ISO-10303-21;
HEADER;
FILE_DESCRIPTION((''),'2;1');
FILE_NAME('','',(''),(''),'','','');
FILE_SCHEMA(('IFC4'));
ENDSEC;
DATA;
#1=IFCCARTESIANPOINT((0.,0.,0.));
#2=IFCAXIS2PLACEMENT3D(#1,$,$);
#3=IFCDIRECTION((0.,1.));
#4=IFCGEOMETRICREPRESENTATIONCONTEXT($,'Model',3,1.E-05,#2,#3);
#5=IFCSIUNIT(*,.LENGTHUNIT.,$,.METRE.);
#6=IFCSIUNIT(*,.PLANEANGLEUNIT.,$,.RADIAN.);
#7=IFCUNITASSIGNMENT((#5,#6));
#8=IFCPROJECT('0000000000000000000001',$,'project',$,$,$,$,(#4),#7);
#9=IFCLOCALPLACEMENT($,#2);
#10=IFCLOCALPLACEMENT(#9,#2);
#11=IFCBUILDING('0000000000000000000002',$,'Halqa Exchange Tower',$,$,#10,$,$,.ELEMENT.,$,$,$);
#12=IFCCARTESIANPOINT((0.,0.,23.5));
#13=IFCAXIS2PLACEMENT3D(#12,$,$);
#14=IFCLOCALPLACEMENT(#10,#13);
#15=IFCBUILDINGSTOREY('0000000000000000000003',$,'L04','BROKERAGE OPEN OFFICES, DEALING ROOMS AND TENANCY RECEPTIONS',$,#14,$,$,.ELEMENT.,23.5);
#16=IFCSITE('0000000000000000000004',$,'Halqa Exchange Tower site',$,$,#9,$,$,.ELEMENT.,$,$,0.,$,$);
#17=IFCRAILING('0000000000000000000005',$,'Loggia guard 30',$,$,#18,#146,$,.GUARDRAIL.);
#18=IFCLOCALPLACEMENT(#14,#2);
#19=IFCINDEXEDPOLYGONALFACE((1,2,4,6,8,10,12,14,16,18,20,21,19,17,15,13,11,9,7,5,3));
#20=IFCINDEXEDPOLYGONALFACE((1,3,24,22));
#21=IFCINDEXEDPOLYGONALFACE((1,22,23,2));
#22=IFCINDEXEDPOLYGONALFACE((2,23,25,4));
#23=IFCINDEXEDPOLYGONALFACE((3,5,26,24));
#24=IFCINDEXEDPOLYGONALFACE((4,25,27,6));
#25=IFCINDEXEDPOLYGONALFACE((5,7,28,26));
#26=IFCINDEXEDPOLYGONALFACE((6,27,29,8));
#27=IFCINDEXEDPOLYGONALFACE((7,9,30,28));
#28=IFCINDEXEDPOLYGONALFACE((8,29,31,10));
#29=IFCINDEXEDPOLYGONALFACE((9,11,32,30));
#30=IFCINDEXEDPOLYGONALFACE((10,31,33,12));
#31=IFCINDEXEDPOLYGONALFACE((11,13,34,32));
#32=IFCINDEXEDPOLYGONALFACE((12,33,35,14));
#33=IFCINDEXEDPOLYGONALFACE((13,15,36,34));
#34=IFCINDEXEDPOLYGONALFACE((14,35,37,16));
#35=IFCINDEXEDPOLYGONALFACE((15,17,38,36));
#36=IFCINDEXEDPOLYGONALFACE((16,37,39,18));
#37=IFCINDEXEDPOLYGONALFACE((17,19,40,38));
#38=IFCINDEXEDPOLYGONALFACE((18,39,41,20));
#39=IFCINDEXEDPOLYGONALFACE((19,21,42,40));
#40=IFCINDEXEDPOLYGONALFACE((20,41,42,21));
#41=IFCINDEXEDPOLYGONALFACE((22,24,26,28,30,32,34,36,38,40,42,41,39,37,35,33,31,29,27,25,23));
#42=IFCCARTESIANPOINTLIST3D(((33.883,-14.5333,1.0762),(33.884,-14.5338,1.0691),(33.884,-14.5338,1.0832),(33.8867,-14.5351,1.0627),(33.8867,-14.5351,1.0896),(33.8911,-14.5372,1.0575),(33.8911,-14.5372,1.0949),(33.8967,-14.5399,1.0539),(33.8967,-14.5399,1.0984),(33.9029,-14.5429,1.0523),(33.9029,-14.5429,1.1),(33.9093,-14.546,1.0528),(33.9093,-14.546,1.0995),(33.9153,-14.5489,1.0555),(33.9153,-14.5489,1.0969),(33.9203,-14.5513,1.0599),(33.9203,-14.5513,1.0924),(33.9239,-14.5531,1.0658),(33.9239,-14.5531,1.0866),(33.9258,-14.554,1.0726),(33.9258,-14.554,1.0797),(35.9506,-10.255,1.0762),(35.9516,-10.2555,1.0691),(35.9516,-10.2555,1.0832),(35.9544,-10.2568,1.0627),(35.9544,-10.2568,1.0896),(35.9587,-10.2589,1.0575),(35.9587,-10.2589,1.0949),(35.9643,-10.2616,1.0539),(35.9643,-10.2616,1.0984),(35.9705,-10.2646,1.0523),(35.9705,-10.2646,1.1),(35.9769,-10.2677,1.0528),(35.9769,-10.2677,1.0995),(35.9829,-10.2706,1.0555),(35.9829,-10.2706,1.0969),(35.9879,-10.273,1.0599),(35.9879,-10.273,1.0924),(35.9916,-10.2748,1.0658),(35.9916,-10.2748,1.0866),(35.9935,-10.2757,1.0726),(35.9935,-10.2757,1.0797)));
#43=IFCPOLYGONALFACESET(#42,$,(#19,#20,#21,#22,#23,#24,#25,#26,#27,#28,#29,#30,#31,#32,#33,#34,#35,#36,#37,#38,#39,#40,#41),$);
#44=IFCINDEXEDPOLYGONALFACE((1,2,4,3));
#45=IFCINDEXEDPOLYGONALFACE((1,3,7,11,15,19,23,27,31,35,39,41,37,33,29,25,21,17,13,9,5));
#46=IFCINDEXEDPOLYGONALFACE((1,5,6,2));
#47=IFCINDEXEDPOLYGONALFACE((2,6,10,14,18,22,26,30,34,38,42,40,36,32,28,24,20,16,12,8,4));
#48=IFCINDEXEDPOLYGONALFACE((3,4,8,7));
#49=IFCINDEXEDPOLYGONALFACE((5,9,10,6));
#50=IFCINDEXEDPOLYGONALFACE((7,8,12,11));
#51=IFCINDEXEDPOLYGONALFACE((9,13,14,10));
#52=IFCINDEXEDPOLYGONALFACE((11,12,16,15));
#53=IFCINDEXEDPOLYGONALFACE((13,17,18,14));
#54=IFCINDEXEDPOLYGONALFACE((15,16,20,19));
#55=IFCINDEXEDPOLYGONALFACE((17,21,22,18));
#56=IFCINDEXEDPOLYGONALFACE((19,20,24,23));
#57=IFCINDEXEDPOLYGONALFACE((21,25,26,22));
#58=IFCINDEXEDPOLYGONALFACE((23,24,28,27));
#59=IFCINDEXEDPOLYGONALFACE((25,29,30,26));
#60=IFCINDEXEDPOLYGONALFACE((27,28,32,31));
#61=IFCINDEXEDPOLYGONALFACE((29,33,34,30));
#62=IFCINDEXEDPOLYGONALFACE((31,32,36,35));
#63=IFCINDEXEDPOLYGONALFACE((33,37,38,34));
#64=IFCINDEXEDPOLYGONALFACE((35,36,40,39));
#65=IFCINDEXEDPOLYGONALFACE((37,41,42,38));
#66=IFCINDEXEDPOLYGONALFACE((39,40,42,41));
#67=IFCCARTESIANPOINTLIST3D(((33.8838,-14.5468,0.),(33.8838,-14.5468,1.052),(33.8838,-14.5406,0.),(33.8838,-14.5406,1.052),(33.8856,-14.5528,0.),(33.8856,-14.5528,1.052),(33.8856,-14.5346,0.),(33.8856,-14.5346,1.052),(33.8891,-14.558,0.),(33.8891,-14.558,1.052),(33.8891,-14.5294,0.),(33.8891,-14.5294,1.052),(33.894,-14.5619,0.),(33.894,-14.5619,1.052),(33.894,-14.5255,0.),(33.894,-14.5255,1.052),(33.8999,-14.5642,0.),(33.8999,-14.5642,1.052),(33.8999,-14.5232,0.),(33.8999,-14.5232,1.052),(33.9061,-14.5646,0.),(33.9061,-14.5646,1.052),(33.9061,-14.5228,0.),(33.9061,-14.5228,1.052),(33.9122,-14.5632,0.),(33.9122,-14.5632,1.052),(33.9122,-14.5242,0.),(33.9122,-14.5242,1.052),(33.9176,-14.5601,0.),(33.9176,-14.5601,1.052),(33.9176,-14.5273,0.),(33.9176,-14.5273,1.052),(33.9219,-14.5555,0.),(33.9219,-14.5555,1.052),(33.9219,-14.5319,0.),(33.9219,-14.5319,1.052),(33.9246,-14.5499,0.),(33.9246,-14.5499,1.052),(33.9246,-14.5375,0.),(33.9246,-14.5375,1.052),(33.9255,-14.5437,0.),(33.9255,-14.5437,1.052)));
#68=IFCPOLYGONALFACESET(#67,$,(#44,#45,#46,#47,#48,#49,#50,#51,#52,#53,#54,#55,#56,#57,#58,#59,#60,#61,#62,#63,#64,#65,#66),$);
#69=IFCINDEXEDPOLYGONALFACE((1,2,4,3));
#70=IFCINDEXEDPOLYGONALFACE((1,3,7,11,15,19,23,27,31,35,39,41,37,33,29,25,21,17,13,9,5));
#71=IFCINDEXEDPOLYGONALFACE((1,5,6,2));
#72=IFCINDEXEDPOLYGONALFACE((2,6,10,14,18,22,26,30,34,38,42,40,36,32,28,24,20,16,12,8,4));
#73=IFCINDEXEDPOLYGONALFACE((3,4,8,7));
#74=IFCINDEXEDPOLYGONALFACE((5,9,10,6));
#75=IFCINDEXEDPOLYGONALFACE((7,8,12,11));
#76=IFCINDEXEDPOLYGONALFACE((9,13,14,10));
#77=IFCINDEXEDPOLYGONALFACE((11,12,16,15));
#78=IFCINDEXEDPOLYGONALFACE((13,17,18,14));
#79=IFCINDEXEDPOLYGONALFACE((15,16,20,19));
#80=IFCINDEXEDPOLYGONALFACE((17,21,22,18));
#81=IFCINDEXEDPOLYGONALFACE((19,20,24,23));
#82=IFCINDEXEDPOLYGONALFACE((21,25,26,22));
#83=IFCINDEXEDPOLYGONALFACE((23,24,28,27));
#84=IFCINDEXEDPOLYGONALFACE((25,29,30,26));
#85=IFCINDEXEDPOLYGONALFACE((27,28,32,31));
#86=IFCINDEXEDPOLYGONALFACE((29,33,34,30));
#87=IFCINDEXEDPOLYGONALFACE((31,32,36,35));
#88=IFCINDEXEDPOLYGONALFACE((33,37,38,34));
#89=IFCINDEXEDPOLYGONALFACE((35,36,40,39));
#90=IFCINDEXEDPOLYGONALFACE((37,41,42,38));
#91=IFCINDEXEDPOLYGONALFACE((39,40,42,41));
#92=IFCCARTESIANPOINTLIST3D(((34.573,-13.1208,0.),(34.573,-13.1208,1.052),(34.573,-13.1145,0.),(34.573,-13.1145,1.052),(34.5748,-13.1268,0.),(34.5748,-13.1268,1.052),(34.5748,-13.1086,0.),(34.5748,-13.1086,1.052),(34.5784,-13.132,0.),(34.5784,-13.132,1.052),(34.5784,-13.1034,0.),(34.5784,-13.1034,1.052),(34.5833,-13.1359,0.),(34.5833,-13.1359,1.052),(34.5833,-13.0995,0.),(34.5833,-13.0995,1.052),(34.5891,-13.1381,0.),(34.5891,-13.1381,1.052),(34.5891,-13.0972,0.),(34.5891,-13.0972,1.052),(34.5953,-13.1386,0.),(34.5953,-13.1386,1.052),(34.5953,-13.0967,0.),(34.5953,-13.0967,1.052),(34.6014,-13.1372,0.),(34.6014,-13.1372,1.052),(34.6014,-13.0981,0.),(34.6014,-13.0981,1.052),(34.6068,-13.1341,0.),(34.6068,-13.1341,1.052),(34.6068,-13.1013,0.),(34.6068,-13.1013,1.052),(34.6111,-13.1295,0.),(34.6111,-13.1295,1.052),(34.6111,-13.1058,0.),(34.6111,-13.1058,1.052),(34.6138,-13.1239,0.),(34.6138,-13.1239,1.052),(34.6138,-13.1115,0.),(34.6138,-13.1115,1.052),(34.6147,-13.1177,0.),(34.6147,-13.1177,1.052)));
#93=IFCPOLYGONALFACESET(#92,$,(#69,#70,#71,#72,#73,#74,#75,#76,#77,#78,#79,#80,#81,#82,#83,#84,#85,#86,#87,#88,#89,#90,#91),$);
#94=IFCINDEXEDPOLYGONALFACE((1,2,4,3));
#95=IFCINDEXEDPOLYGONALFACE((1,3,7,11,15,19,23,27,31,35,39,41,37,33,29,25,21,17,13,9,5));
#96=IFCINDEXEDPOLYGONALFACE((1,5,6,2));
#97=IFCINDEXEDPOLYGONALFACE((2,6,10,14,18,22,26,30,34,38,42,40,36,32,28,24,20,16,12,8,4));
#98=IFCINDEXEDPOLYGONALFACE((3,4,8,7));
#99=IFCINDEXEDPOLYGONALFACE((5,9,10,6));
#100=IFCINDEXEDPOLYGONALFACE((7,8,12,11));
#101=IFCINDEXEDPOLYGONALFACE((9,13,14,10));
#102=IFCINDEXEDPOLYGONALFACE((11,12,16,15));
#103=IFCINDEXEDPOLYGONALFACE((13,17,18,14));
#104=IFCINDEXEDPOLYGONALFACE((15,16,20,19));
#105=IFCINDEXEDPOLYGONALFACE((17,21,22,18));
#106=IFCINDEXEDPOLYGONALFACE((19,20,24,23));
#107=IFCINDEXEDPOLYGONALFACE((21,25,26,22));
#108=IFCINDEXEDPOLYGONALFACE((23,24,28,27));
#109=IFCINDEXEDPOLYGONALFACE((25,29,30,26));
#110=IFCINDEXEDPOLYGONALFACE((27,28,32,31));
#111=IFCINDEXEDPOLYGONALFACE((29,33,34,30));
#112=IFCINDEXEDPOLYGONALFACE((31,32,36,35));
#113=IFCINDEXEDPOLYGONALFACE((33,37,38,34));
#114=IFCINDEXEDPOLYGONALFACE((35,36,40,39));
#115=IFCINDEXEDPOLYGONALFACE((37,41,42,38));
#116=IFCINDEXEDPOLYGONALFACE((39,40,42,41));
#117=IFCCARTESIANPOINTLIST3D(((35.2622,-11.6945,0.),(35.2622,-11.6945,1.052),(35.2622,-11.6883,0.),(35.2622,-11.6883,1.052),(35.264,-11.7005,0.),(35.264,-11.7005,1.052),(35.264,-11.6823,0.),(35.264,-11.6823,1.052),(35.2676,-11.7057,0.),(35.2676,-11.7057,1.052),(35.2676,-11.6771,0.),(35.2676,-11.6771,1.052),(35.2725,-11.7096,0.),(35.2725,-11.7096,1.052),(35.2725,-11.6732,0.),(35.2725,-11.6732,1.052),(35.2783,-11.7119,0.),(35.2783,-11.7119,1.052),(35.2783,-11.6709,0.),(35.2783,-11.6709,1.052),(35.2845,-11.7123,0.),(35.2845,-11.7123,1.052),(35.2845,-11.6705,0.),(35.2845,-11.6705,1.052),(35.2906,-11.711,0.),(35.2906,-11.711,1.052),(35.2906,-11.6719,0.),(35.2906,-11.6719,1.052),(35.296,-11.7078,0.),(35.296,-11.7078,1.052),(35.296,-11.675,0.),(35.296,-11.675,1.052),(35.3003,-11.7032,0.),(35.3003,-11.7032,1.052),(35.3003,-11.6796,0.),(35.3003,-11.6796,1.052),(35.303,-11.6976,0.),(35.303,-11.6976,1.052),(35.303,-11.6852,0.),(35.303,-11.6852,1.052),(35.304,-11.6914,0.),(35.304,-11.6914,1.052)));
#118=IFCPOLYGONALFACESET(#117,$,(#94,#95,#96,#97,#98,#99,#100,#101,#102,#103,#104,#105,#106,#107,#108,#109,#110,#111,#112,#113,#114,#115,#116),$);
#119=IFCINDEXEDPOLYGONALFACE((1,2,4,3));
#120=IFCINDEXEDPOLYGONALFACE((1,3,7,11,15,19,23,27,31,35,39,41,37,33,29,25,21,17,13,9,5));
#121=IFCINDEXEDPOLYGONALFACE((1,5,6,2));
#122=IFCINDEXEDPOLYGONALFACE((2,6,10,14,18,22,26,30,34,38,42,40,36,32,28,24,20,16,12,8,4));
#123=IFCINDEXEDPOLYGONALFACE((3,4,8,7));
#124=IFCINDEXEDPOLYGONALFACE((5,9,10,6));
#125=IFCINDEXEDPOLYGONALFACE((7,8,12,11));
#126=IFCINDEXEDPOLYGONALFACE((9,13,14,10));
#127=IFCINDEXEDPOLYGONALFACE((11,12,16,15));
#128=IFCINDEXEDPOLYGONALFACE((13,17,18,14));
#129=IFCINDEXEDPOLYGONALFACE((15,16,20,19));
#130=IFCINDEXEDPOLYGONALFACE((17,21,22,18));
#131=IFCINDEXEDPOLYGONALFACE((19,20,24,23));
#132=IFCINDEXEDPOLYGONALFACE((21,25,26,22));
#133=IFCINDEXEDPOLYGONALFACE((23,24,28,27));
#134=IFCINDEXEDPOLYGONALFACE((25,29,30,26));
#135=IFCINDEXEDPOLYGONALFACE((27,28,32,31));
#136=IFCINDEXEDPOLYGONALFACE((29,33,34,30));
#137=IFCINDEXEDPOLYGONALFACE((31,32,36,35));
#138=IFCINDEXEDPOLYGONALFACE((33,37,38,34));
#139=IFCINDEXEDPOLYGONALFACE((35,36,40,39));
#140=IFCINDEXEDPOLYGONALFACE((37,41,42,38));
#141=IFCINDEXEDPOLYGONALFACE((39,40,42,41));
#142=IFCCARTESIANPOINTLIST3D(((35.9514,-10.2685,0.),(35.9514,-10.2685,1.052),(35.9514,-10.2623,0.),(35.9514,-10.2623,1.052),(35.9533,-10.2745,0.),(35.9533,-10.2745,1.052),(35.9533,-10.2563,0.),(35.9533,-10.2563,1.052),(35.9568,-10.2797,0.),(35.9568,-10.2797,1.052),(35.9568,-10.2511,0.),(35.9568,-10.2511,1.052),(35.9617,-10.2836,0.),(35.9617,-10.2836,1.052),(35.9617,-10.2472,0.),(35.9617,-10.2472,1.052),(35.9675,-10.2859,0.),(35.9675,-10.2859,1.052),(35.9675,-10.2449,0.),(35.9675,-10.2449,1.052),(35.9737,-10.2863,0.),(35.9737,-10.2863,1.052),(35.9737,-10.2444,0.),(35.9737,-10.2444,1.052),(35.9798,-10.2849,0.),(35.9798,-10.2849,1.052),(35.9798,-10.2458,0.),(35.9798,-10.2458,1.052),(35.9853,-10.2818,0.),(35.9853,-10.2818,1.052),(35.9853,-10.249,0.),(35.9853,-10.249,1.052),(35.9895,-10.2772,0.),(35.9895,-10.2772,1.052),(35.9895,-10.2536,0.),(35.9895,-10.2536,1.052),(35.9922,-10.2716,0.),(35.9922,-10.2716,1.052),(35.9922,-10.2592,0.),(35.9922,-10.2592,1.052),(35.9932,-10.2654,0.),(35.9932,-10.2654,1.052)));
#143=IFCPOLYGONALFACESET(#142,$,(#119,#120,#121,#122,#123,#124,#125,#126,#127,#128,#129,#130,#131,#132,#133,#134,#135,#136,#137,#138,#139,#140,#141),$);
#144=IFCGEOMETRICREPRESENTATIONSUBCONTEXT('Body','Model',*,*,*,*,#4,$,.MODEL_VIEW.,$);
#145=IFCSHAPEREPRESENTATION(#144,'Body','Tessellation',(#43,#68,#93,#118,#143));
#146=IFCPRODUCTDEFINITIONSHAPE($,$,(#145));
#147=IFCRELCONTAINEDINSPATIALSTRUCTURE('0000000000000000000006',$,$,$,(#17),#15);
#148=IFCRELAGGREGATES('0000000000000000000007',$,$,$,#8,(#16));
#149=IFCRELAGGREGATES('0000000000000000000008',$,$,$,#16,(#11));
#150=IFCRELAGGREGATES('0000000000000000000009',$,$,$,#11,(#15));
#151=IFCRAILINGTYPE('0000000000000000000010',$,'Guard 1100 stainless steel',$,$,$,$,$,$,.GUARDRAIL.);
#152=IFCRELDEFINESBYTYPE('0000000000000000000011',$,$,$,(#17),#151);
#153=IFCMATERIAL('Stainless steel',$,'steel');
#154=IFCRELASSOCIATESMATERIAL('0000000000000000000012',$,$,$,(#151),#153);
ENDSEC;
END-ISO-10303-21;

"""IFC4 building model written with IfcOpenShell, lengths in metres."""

from ifc_helpers import new_model, si_unit, direction, frame, origin, origin_2d, place, context, subcontext, project, spatial, circle, extrude, material, type_object, element, save


model = new_model("IFC4")

# Units and contexts
model_context = context("Model", 3, precision=1e-05, world=origin(), true_north=direction((0.0, 1.0)))
body_context = subcontext(model_context, "Body", "Model", "MODEL_VIEW")
ifc_project = project(units=[si_unit("LENGTHUNIT", "METRE"), si_unit("PLANEANGLEUNIT", "RADIAN")], contexts=[model_context])

# Site, building, storey
site_placement = place(None, origin())
site = spatial("IfcSite", under=ifc_project, at=site_placement, Name="Halqa Exchange Tower site", CompositionType="ELEMENT", RefElevation=0.0)
building_placement = place(site_placement, origin())
building = spatial("IfcBuilding", under=site, at=building_placement, Name="Halqa Exchange Tower", CompositionType="ELEMENT")
storey_placement = place(building_placement, frame((0.0, 0.0, 23.5)))
storey = spatial("IfcBuildingStorey", under=building, at=storey_placement, Name="L04", Description="BROKERAGE OPEN OFFICES, DEALING ROOMS AND TENANCY RECEPTIONS", CompositionType="ELEMENT", Elevation=23.5)

# Railing
ifc_material_1 = material(Name="Stainless steel", Category="steel")
railing_type = type_object("IfcRailingType", Name="Guard 1100 stainless steel", PredefinedType="GUARDRAIL", material=ifc_material_1)
railing_1_placement = place(storey_placement, frame((33.9045, -14.5437, 0.0)))
element("IfcRailing", 1, at=railing_1_placement, inside=storey, type_object=railing_type, Name="Loggia guard 30", PredefinedType="GUARDRAIL", context=body_context, shape_type="SweptSolid", body=[
    extrude(circle(Radius=0.0239, at=origin_2d()), frame((0.0, 0.0, 1.0762), z_axis=(0.43513, 0.900368, 0.0), x_axis=(-0.900368, 0.43513, 0.0)), (0.0, 0.0, 1.0), 4.7517),
    extrude(circle(Radius=0.021, at=origin_2d()), origin(), (0.0, 0.0, 1.0), 1.052),
    extrude(circle(Radius=0.021, at=origin_2d()), frame((0.6892, 1.426, 0.0)), (0.0, 0.0, 1.0), 1.052),
    extrude(circle(Radius=0.021, at=origin_2d()), frame((1.3784, 2.8523, 0.0)), (0.0, 0.0, 1.0), 1.052),
    extrude(circle(Radius=0.021, at=origin_2d()), frame((2.0676, 4.2783, 0.0)), (0.0, 0.0, 1.0), 1.052),
])

save(model, "model.ifc")
